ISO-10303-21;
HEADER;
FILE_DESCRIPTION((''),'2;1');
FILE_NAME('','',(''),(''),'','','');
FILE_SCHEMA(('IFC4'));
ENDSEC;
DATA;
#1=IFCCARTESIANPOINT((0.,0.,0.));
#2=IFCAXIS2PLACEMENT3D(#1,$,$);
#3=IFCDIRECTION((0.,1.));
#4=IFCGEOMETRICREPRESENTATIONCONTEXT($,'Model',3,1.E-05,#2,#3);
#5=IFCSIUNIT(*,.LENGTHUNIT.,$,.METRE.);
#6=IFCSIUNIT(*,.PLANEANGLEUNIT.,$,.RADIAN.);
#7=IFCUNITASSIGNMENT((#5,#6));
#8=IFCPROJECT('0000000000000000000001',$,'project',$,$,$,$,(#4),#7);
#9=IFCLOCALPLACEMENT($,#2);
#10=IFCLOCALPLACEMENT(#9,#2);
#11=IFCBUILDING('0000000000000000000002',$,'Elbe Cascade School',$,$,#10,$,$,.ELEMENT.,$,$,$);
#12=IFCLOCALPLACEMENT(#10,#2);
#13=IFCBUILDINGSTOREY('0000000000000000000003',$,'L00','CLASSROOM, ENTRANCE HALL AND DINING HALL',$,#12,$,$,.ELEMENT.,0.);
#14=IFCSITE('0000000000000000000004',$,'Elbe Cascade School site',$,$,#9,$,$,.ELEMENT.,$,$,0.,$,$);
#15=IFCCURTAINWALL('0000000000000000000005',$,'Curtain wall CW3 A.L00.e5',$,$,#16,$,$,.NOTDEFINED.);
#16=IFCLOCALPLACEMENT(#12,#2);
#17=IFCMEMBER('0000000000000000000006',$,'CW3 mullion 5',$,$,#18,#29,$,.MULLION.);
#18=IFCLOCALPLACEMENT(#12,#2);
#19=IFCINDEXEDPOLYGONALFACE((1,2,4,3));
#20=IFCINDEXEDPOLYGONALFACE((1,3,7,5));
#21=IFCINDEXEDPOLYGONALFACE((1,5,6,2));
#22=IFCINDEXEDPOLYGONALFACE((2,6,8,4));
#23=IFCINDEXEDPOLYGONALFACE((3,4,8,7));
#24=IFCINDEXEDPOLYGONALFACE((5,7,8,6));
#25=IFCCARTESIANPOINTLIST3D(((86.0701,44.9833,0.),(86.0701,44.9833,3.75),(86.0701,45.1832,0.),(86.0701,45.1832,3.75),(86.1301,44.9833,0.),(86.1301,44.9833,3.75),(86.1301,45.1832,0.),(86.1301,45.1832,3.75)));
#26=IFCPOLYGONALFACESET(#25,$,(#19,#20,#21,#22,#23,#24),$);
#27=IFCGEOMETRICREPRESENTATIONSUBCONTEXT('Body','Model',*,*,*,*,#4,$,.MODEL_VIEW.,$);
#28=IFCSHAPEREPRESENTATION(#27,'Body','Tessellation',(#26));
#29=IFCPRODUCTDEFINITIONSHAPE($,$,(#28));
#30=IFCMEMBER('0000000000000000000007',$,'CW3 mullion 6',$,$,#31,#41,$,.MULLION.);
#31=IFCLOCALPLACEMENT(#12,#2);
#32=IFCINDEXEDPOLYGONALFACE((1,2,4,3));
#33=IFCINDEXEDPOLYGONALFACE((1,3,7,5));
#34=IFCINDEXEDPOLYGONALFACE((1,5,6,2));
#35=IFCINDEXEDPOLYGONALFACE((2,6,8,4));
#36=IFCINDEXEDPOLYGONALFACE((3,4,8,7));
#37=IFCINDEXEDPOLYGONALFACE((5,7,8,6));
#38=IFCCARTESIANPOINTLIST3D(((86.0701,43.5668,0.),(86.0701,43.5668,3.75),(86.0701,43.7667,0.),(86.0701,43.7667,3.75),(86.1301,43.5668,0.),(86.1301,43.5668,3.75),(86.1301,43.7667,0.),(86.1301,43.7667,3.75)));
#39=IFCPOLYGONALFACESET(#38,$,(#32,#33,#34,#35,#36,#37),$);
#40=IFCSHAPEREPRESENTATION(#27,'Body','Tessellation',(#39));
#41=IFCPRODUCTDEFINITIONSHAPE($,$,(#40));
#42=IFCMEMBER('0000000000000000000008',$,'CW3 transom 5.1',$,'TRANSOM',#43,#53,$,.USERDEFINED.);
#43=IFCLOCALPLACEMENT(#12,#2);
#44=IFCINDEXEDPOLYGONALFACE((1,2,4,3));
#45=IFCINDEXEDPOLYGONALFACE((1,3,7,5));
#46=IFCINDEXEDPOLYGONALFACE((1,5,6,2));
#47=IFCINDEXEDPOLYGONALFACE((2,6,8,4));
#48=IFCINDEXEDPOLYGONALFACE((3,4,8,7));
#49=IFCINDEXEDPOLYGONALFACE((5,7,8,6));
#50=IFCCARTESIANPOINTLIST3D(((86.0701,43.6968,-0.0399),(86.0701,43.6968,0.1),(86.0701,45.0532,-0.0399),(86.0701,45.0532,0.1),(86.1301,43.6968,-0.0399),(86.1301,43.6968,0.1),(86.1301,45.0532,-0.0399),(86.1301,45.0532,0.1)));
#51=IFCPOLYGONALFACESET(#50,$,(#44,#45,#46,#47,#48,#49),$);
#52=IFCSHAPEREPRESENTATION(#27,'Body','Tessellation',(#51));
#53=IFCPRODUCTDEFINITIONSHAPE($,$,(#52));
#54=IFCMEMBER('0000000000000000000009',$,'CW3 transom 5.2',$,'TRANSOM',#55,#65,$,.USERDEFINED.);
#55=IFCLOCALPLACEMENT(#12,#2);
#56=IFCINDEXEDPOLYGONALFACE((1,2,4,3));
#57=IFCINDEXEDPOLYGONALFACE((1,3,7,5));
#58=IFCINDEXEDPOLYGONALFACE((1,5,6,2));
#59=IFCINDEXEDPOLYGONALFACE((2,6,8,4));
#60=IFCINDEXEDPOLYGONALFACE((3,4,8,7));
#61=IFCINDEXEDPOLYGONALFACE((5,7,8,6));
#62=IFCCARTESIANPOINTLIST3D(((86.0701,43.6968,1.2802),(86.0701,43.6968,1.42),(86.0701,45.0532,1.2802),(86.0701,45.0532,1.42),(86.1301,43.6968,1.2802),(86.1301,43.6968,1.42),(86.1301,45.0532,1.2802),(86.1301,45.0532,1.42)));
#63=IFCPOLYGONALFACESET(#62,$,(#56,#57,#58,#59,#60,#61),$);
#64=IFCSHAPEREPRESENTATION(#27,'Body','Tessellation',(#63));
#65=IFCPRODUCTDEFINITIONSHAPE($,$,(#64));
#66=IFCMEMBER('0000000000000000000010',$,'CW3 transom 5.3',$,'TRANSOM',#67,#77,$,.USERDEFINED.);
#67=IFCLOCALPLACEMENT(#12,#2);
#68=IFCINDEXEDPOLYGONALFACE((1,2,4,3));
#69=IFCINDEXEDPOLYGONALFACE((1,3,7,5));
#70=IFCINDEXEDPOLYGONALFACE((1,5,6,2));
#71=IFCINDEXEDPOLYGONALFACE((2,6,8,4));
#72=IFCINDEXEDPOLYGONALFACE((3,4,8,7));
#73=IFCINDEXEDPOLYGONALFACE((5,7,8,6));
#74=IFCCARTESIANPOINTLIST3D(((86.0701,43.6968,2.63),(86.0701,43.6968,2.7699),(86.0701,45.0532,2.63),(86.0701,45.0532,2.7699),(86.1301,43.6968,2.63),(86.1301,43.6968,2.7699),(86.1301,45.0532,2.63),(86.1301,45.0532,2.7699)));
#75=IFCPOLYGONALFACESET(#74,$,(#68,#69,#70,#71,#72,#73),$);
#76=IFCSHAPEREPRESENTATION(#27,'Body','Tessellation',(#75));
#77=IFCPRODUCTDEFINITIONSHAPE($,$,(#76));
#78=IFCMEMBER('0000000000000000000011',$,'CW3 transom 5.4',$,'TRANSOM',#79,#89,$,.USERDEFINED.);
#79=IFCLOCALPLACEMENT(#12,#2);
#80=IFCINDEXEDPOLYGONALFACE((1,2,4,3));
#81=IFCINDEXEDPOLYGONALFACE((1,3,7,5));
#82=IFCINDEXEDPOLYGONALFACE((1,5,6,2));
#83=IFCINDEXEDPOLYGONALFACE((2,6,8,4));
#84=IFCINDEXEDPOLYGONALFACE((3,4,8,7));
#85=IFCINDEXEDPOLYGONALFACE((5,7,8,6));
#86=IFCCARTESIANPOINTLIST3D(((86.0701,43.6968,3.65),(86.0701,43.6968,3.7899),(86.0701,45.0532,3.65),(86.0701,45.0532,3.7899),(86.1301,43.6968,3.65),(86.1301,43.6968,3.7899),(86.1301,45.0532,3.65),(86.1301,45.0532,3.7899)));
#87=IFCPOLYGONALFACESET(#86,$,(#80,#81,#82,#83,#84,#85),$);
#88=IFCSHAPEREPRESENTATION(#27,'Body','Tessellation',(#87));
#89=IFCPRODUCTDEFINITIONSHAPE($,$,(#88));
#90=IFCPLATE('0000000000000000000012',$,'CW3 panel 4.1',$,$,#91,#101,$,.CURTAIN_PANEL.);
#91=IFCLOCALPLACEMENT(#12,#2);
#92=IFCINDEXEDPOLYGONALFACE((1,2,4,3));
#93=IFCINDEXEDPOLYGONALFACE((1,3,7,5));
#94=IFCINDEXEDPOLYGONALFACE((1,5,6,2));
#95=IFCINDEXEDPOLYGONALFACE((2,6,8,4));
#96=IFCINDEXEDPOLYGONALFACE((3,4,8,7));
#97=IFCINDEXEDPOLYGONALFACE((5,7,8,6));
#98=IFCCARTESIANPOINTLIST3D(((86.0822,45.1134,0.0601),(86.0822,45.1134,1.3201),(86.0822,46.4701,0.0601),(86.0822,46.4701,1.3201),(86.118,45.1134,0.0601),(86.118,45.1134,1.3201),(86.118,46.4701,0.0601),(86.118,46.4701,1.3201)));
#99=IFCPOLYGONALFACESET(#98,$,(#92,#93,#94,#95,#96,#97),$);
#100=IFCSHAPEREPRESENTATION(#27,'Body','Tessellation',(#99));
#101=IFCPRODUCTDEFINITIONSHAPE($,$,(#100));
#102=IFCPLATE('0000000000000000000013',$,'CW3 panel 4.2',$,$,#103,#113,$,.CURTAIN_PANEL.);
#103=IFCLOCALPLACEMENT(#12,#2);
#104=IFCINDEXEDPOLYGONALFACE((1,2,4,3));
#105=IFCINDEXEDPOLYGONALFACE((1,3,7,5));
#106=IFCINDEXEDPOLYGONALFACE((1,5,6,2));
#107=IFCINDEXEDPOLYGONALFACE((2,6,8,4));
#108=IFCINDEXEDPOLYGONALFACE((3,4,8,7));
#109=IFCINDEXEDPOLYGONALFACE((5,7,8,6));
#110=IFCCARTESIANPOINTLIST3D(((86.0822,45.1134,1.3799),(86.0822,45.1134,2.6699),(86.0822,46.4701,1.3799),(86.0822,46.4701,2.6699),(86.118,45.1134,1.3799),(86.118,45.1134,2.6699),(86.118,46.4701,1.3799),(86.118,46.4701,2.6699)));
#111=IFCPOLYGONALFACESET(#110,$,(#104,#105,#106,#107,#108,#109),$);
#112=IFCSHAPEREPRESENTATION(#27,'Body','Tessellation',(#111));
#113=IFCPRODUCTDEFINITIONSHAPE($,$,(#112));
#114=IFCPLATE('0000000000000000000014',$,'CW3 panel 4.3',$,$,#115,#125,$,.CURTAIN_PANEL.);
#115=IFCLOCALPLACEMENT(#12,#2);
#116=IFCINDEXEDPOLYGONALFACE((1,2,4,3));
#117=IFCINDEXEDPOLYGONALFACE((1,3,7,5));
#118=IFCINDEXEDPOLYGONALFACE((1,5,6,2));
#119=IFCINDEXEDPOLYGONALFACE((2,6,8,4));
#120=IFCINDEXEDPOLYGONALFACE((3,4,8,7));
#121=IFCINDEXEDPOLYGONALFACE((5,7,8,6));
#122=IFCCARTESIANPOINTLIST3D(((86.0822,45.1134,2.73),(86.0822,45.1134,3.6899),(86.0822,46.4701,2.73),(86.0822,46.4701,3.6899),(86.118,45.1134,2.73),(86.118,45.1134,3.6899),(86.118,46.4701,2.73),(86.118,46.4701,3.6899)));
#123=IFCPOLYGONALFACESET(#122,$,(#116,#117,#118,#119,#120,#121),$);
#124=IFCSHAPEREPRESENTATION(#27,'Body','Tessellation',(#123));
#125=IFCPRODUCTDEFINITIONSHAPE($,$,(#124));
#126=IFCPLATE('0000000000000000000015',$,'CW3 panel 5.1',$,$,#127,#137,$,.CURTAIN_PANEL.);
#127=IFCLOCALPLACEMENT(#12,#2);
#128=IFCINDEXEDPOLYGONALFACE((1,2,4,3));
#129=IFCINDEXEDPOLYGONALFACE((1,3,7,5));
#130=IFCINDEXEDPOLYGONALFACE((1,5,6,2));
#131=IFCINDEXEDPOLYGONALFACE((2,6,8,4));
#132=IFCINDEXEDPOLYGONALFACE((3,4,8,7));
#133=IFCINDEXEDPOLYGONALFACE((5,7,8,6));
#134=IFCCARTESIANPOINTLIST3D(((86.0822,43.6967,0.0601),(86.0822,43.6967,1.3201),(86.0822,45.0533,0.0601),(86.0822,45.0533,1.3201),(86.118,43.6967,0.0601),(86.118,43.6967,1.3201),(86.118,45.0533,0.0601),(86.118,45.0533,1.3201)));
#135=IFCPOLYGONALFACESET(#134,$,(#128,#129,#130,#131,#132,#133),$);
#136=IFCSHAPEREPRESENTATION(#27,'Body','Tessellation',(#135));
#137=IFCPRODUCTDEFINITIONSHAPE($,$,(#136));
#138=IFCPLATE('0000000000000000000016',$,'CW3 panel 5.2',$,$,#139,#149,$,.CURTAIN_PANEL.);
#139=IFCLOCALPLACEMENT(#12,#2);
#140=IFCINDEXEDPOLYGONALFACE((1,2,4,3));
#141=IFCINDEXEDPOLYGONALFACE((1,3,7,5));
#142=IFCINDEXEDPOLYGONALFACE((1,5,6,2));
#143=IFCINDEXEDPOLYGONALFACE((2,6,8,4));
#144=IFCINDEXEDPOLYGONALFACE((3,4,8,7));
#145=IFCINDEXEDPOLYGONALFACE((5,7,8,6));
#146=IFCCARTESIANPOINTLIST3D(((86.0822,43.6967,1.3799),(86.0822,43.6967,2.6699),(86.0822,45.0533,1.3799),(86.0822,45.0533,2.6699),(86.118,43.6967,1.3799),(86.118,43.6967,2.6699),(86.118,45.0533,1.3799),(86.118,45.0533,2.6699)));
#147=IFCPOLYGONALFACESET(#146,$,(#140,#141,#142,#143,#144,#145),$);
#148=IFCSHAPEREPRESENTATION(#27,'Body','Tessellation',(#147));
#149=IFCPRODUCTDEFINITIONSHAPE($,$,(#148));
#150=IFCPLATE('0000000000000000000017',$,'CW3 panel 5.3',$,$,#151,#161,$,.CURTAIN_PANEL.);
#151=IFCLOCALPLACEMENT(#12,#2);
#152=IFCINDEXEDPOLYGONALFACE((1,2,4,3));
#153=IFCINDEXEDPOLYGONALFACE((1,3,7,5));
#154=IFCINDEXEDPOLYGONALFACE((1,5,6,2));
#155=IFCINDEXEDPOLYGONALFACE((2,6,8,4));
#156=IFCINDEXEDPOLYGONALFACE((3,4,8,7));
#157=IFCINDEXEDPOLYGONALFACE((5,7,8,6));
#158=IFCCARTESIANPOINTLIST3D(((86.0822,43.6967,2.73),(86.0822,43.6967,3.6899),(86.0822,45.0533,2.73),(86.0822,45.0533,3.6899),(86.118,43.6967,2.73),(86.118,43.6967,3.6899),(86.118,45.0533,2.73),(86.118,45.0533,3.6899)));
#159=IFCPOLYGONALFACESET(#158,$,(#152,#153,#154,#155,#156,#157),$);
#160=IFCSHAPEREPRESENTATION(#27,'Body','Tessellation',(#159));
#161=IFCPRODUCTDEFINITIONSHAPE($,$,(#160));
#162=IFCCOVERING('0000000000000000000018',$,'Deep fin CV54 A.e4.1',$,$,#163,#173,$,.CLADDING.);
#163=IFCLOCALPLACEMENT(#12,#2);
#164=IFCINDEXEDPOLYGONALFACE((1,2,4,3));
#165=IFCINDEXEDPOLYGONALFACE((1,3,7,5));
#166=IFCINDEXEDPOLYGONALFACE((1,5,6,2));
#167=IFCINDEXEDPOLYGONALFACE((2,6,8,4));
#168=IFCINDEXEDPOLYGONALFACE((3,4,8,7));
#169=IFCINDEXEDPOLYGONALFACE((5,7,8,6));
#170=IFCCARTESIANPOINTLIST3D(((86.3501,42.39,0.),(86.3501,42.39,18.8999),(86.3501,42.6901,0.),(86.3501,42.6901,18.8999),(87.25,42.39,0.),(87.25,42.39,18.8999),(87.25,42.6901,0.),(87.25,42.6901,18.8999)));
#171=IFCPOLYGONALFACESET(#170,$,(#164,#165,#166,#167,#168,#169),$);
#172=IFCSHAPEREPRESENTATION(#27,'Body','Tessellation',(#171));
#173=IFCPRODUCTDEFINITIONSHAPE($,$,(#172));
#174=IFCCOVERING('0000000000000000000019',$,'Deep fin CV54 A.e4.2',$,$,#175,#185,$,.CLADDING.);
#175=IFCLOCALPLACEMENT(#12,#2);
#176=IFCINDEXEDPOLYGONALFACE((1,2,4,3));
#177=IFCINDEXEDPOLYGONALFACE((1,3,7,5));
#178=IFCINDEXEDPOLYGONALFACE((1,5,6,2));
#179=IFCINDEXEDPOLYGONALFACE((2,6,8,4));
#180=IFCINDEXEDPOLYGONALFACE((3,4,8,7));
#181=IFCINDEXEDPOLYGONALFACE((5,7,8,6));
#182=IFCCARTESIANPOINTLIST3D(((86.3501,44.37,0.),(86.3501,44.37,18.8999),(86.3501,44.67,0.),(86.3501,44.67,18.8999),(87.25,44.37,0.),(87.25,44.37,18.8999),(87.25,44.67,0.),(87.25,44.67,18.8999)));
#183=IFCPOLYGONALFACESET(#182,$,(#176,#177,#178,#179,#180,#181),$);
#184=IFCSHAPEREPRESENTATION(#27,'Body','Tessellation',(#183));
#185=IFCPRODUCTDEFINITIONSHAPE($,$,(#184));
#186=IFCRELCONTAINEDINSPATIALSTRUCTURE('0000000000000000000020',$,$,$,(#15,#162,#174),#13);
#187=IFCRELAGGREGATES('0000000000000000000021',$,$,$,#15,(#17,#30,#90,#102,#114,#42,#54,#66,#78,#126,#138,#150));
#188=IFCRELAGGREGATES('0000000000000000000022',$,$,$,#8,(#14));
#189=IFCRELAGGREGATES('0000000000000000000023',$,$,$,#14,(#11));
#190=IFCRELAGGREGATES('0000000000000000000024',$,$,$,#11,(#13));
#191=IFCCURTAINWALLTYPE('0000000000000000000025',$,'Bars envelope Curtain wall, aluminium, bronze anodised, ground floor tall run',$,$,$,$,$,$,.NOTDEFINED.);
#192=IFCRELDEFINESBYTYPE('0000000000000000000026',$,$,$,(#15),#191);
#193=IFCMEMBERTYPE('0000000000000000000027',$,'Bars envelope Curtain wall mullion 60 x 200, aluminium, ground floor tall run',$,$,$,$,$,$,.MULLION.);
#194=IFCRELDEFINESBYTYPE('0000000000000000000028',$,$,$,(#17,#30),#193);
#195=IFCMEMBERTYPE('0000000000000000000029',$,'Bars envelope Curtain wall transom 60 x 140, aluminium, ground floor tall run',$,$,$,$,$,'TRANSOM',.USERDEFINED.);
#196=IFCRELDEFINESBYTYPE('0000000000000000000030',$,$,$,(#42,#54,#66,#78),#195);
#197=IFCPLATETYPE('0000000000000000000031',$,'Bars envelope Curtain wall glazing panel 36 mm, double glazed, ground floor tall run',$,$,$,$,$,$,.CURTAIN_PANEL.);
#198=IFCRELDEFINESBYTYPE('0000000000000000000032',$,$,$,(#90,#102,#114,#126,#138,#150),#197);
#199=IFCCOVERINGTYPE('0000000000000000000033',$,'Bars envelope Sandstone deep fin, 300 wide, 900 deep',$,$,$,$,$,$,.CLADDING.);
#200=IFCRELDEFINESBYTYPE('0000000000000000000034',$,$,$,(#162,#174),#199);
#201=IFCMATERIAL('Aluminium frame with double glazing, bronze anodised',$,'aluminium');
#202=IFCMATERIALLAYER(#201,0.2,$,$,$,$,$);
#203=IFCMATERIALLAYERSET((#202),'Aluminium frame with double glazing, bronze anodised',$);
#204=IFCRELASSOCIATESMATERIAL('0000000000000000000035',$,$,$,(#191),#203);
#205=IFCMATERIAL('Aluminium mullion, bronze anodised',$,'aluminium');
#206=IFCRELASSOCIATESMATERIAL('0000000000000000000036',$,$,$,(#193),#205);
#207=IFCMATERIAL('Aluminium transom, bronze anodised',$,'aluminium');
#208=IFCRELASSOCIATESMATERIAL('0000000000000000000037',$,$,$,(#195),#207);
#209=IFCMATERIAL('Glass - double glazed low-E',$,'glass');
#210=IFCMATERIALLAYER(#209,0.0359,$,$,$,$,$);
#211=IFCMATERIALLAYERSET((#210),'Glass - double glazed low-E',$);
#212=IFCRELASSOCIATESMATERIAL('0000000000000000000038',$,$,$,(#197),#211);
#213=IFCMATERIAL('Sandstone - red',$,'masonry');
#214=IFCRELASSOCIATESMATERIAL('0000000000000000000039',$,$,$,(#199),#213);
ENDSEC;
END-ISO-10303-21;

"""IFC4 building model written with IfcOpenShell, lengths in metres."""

from ifc_helpers import new_model, si_unit, direction, frame, origin, origin_2d, place, context, subcontext, project, spatial, rectangle, extrude, material, layer, layer_set, material_profile, profile_set, type_object, element, aggregate, save


model = new_model("IFC4")

# Units and contexts
model_context = context("Model", 3, precision=1e-05, world=origin(), true_north=direction((0.0, 1.0)))
body_context = subcontext(model_context, "Body", "Model", "MODEL_VIEW")
ifc_project = project(units=[si_unit("LENGTHUNIT", "METRE"), si_unit("PLANEANGLEUNIT", "RADIAN")], contexts=[model_context])

# Site, building, storey
site_placement = place(None, origin())
site = spatial("IfcSite", under=ifc_project, at=site_placement, Name="Elbe Cascade School site", CompositionType="ELEMENT", RefElevation=0.0)
building_placement = place(site_placement, origin())
building = spatial("IfcBuilding", under=site, at=building_placement, Name="Elbe Cascade School", CompositionType="ELEMENT")
storey_placement = place(building_placement, origin())
storey = spatial("IfcBuildingStorey", under=building, at=storey_placement, Name="L00", Description="CLASSROOM, ENTRANCE HALL AND DINING HALL", CompositionType="ELEMENT", Elevation=0.0)

# Curtain wall, members, plates
ifc_material_1 = material(Name="Aluminium frame with double glazing, bronze anodised", Category="aluminium")
ifc_layer_1 = layer(ifc_material_1, 0.2)
ifc_layer_set_1 = layer_set([ifc_layer_1], Name="Aluminium frame with double glazing, bronze anodised")
curtain_wall_type = type_object("IfcCurtainWallType", Name="Bars envelope Curtain wall, aluminium, bronze anodised, ground floor tall run", PredefinedType="NOTDEFINED", material=ifc_layer_set_1)
curtain_wall_placement = place(storey_placement, origin())
curtain_wall = element("IfcCurtainWall", 1, at=curtain_wall_placement, inside=storey, type_object=curtain_wall_type, Name="Curtain wall CW3 A.L00.e5", PredefinedType="NOTDEFINED")
ifc_material_2 = material(Name="Aluminium mullion, bronze anodised", Category="aluminium")
ifc_material_profile_1 = material_profile(ifc_material_2, rectangle(XDim=0.0601, YDim=0.2, at=origin_2d()), Name="Bars envelope Curtain wall mullion 60 x 200, aluminium, ground floor tall run")
ifc_profile_set_1 = profile_set([ifc_material_profile_1], Name="Aluminium mullion, bronze anodised")
member_type_1 = type_object("IfcMemberType", Name="Bars envelope Curtain wall mullion 60 x 200, aluminium, ground floor tall run", PredefinedType="MULLION", material=ifc_profile_set_1)
member_1_placement = place(storey_placement, frame((86.1001, 45.0833, 0.0), z_axis=(0.0, 0.0, 1.0), x_axis=(1.0, 0.0, 0.0)))
member_1 = element("IfcMember", 2, at=member_1_placement, type_object=member_type_1, Name="CW3 mullion 5", PredefinedType="MULLION", context=body_context, shape_type="SweptSolid", body=[
    extrude(rectangle(XDim=0.0601, YDim=0.2, at=origin_2d()), origin(), (0.0, 0.0, 1.0), 3.75),
])
member_2_placement = place(storey_placement, frame((86.1001, 43.6667, 0.0), z_axis=(0.0, 0.0, 1.0), x_axis=(1.0, 0.0, 0.0)))
member_2 = element("IfcMember", 3, at=member_2_placement, type_object=member_type_1, Name="CW3 mullion 6", PredefinedType="MULLION", context=body_context, shape_type="SweptSolid", body=[
    extrude(rectangle(XDim=0.0601, YDim=0.2, at=origin_2d()), origin(), (0.0, 0.0, 1.0), 3.75),
])
ifc_material_3 = material(Name="Aluminium transom, bronze anodised", Category="aluminium")
ifc_material_profile_2 = material_profile(ifc_material_3, rectangle(XDim=0.0601, YDim=0.1399, at=origin_2d()), Name="Bars envelope Curtain wall transom 60 x 140, aluminium, ground floor tall run")
ifc_profile_set_2 = profile_set([ifc_material_profile_2], Name="Aluminium transom, bronze anodised")
member_type_2 = type_object("IfcMemberType", Name="Bars envelope Curtain wall transom 60 x 140, aluminium, ground floor tall run", ElementType="TRANSOM", PredefinedType="USERDEFINED", material=ifc_profile_set_2)
member_3_placement = place(storey_placement, frame((86.1001, 45.0532, 0.03), z_axis=(0.0, -1.0, 0.0), x_axis=(1.0, 0.0, 0.0)))
member_3 = element("IfcMember", 4, at=member_3_placement, type_object=member_type_2, Name="CW3 transom 5.1", ObjectType="TRANSOM", PredefinedType="USERDEFINED", context=body_context, shape_type="SweptSolid", body=[
    extrude(rectangle(XDim=0.0601, YDim=0.1399, at=origin_2d()), origin(), (0.0, 0.0, 1.0), 1.3564),
])
member_4_placement = place(storey_placement, frame((86.1001, 45.0532, 1.3501), z_axis=(0.0, -1.0, 0.0), x_axis=(1.0, 0.0, 0.0)))
member_4 = element("IfcMember", 5, at=member_4_placement, type_object=member_type_2, Name="CW3 transom 5.2", ObjectType="TRANSOM", PredefinedType="USERDEFINED", context=body_context, shape_type="SweptSolid", body=[
    extrude(rectangle(XDim=0.0601, YDim=0.1399, at=origin_2d()), origin(), (0.0, 0.0, 1.0), 1.3564),
])
member_5_placement = place(storey_placement, frame((86.1001, 45.0532, 2.7), z_axis=(0.0, -1.0, 0.0), x_axis=(1.0, 0.0, 0.0)))
member_5 = element("IfcMember", 6, at=member_5_placement, type_object=member_type_2, Name="CW3 transom 5.3", ObjectType="TRANSOM", PredefinedType="USERDEFINED", context=body_context, shape_type="SweptSolid", body=[
    extrude(rectangle(XDim=0.0601, YDim=0.1399, at=origin_2d()), origin(), (0.0, 0.0, 1.0), 1.3564),
])
member_6_placement = place(storey_placement, frame((86.1001, 45.0532, 3.72), z_axis=(0.0, -1.0, 0.0), x_axis=(1.0, 0.0, 0.0)))
member_6 = element("IfcMember", 7, at=member_6_placement, type_object=member_type_2, Name="CW3 transom 5.4", ObjectType="TRANSOM", PredefinedType="USERDEFINED", context=body_context, shape_type="SweptSolid", body=[
    extrude(rectangle(XDim=0.0601, YDim=0.1399, at=origin_2d()), origin(), (0.0, 0.0, 1.0), 1.3564),
])
ifc_material_4 = material(Name="Glass - double glazed low-E", Category="glass")
ifc_layer_2 = layer(ifc_material_4, 0.0359)
ifc_layer_set_2 = layer_set([ifc_layer_2], Name="Glass - double glazed low-E")
plate_type = type_object("IfcPlateType", Name="Bars envelope Curtain wall glazing panel 36 mm, double glazed, ground floor tall run", PredefinedType="CURTAIN_PANEL", material=ifc_layer_set_2)
plate_1_placement = place(storey_placement, frame((86.1001, 45.7917, 0.0601), z_axis=(0.0, 0.0, 1.0), x_axis=(0.0, -1.0, 0.0)))
plate_1 = element("IfcPlate", 8, at=plate_1_placement, type_object=plate_type, Name="CW3 panel 4.1", PredefinedType="CURTAIN_PANEL", context=body_context, shape_type="SweptSolid", body=[
    extrude(rectangle(XDim=1.3567, YDim=0.0359, at=origin_2d()), origin(), (0.0, 0.0, 1.0), 1.26),
])
plate_2_placement = place(storey_placement, frame((86.1001, 45.7917, 1.3799), z_axis=(0.0, 0.0, 1.0), x_axis=(0.0, -1.0, 0.0)))
plate_2 = element("IfcPlate", 9, at=plate_2_placement, type_object=plate_type, Name="CW3 panel 4.2", PredefinedType="CURTAIN_PANEL", context=body_context, shape_type="SweptSolid", body=[
    extrude(rectangle(XDim=1.3567, YDim=0.0359, at=origin_2d()), origin(), (0.0, 0.0, 1.0), 1.29),
])
plate_3_placement = place(storey_placement, frame((86.1001, 45.7917, 2.73), z_axis=(0.0, 0.0, 1.0), x_axis=(0.0, -1.0, 0.0)))
plate_3 = element("IfcPlate", 10, at=plate_3_placement, type_object=plate_type, Name="CW3 panel 4.3", PredefinedType="CURTAIN_PANEL", context=body_context, shape_type="SweptSolid", body=[
    extrude(rectangle(XDim=1.3567, YDim=0.0359, at=origin_2d()), origin(), (0.0, 0.0, 1.0), 0.96),
])
plate_4_placement = place(storey_placement, frame((86.1001, 44.375, 0.0601), z_axis=(0.0, 0.0, 1.0), x_axis=(0.0, -1.0, 0.0)))
plate_4 = element("IfcPlate", 11, at=plate_4_placement, type_object=plate_type, Name="CW3 panel 5.1", PredefinedType="CURTAIN_PANEL", context=body_context, shape_type="SweptSolid", body=[
    extrude(rectangle(XDim=1.3567, YDim=0.0359, at=origin_2d()), origin(), (0.0, 0.0, 1.0), 1.26),
])
plate_5_placement = place(storey_placement, frame((86.1001, 44.375, 1.3799), z_axis=(0.0, 0.0, 1.0), x_axis=(0.0, -1.0, 0.0)))
plate_5 = element("IfcPlate", 12, at=plate_5_placement, type_object=plate_type, Name="CW3 panel 5.2", PredefinedType="CURTAIN_PANEL", context=body_context, shape_type="SweptSolid", body=[
    extrude(rectangle(XDim=1.3567, YDim=0.0359, at=origin_2d()), origin(), (0.0, 0.0, 1.0), 1.29),
])
plate_6_placement = place(storey_placement, frame((86.1001, 44.375, 2.73), z_axis=(0.0, 0.0, 1.0), x_axis=(0.0, -1.0, 0.0)))
plate_6 = element("IfcPlate", 13, at=plate_6_placement, type_object=plate_type, Name="CW3 panel 5.3", PredefinedType="CURTAIN_PANEL", context=body_context, shape_type="SweptSolid", body=[
    extrude(rectangle(XDim=1.3567, YDim=0.0359, at=origin_2d()), origin(), (0.0, 0.0, 1.0), 0.96),
])
aggregate(curtain_wall, [member_1, member_2, plate_1, plate_2, plate_3, member_3, member_4, member_5, member_6, plate_4, plate_5, plate_6])

# Coverings
ifc_material_5 = material(Name="Sandstone - red", Category="masonry")
covering_type_1 = type_object("IfcCoveringType", Name="Bars envelope Sandstone deep fin, 300 wide, 900 deep", PredefinedType="CLADDING", material=ifc_material_5)
for number, where, z_axis, x_axis, name in (
    (14, (86.8, 42.54, 0.0), (0.0, 0.0, 1.0), (0.0, 1.0, 0.0), "Deep fin CV54 A.e4.1"),
    (15, (86.8, 44.52, 0.0), (0.0, 0.0, 1.0), (0.0, 1.0, 0.0), "Deep fin CV54 A.e4.2"),
):
    element("IfcCovering", number, at=place(storey_placement, frame(where, z_axis=z_axis, x_axis=x_axis)), inside=storey, type_object=covering_type_1, Name=name, PredefinedType="CLADDING", context=body_context, shape_type="SweptSolid", body=[
        extrude(rectangle(XDim=0.3, YDim=0.8999, at=origin_2d()), origin(), (0.0, 0.0, 1.0), 18.8999),
    ])

save(model, "model.ifc")
